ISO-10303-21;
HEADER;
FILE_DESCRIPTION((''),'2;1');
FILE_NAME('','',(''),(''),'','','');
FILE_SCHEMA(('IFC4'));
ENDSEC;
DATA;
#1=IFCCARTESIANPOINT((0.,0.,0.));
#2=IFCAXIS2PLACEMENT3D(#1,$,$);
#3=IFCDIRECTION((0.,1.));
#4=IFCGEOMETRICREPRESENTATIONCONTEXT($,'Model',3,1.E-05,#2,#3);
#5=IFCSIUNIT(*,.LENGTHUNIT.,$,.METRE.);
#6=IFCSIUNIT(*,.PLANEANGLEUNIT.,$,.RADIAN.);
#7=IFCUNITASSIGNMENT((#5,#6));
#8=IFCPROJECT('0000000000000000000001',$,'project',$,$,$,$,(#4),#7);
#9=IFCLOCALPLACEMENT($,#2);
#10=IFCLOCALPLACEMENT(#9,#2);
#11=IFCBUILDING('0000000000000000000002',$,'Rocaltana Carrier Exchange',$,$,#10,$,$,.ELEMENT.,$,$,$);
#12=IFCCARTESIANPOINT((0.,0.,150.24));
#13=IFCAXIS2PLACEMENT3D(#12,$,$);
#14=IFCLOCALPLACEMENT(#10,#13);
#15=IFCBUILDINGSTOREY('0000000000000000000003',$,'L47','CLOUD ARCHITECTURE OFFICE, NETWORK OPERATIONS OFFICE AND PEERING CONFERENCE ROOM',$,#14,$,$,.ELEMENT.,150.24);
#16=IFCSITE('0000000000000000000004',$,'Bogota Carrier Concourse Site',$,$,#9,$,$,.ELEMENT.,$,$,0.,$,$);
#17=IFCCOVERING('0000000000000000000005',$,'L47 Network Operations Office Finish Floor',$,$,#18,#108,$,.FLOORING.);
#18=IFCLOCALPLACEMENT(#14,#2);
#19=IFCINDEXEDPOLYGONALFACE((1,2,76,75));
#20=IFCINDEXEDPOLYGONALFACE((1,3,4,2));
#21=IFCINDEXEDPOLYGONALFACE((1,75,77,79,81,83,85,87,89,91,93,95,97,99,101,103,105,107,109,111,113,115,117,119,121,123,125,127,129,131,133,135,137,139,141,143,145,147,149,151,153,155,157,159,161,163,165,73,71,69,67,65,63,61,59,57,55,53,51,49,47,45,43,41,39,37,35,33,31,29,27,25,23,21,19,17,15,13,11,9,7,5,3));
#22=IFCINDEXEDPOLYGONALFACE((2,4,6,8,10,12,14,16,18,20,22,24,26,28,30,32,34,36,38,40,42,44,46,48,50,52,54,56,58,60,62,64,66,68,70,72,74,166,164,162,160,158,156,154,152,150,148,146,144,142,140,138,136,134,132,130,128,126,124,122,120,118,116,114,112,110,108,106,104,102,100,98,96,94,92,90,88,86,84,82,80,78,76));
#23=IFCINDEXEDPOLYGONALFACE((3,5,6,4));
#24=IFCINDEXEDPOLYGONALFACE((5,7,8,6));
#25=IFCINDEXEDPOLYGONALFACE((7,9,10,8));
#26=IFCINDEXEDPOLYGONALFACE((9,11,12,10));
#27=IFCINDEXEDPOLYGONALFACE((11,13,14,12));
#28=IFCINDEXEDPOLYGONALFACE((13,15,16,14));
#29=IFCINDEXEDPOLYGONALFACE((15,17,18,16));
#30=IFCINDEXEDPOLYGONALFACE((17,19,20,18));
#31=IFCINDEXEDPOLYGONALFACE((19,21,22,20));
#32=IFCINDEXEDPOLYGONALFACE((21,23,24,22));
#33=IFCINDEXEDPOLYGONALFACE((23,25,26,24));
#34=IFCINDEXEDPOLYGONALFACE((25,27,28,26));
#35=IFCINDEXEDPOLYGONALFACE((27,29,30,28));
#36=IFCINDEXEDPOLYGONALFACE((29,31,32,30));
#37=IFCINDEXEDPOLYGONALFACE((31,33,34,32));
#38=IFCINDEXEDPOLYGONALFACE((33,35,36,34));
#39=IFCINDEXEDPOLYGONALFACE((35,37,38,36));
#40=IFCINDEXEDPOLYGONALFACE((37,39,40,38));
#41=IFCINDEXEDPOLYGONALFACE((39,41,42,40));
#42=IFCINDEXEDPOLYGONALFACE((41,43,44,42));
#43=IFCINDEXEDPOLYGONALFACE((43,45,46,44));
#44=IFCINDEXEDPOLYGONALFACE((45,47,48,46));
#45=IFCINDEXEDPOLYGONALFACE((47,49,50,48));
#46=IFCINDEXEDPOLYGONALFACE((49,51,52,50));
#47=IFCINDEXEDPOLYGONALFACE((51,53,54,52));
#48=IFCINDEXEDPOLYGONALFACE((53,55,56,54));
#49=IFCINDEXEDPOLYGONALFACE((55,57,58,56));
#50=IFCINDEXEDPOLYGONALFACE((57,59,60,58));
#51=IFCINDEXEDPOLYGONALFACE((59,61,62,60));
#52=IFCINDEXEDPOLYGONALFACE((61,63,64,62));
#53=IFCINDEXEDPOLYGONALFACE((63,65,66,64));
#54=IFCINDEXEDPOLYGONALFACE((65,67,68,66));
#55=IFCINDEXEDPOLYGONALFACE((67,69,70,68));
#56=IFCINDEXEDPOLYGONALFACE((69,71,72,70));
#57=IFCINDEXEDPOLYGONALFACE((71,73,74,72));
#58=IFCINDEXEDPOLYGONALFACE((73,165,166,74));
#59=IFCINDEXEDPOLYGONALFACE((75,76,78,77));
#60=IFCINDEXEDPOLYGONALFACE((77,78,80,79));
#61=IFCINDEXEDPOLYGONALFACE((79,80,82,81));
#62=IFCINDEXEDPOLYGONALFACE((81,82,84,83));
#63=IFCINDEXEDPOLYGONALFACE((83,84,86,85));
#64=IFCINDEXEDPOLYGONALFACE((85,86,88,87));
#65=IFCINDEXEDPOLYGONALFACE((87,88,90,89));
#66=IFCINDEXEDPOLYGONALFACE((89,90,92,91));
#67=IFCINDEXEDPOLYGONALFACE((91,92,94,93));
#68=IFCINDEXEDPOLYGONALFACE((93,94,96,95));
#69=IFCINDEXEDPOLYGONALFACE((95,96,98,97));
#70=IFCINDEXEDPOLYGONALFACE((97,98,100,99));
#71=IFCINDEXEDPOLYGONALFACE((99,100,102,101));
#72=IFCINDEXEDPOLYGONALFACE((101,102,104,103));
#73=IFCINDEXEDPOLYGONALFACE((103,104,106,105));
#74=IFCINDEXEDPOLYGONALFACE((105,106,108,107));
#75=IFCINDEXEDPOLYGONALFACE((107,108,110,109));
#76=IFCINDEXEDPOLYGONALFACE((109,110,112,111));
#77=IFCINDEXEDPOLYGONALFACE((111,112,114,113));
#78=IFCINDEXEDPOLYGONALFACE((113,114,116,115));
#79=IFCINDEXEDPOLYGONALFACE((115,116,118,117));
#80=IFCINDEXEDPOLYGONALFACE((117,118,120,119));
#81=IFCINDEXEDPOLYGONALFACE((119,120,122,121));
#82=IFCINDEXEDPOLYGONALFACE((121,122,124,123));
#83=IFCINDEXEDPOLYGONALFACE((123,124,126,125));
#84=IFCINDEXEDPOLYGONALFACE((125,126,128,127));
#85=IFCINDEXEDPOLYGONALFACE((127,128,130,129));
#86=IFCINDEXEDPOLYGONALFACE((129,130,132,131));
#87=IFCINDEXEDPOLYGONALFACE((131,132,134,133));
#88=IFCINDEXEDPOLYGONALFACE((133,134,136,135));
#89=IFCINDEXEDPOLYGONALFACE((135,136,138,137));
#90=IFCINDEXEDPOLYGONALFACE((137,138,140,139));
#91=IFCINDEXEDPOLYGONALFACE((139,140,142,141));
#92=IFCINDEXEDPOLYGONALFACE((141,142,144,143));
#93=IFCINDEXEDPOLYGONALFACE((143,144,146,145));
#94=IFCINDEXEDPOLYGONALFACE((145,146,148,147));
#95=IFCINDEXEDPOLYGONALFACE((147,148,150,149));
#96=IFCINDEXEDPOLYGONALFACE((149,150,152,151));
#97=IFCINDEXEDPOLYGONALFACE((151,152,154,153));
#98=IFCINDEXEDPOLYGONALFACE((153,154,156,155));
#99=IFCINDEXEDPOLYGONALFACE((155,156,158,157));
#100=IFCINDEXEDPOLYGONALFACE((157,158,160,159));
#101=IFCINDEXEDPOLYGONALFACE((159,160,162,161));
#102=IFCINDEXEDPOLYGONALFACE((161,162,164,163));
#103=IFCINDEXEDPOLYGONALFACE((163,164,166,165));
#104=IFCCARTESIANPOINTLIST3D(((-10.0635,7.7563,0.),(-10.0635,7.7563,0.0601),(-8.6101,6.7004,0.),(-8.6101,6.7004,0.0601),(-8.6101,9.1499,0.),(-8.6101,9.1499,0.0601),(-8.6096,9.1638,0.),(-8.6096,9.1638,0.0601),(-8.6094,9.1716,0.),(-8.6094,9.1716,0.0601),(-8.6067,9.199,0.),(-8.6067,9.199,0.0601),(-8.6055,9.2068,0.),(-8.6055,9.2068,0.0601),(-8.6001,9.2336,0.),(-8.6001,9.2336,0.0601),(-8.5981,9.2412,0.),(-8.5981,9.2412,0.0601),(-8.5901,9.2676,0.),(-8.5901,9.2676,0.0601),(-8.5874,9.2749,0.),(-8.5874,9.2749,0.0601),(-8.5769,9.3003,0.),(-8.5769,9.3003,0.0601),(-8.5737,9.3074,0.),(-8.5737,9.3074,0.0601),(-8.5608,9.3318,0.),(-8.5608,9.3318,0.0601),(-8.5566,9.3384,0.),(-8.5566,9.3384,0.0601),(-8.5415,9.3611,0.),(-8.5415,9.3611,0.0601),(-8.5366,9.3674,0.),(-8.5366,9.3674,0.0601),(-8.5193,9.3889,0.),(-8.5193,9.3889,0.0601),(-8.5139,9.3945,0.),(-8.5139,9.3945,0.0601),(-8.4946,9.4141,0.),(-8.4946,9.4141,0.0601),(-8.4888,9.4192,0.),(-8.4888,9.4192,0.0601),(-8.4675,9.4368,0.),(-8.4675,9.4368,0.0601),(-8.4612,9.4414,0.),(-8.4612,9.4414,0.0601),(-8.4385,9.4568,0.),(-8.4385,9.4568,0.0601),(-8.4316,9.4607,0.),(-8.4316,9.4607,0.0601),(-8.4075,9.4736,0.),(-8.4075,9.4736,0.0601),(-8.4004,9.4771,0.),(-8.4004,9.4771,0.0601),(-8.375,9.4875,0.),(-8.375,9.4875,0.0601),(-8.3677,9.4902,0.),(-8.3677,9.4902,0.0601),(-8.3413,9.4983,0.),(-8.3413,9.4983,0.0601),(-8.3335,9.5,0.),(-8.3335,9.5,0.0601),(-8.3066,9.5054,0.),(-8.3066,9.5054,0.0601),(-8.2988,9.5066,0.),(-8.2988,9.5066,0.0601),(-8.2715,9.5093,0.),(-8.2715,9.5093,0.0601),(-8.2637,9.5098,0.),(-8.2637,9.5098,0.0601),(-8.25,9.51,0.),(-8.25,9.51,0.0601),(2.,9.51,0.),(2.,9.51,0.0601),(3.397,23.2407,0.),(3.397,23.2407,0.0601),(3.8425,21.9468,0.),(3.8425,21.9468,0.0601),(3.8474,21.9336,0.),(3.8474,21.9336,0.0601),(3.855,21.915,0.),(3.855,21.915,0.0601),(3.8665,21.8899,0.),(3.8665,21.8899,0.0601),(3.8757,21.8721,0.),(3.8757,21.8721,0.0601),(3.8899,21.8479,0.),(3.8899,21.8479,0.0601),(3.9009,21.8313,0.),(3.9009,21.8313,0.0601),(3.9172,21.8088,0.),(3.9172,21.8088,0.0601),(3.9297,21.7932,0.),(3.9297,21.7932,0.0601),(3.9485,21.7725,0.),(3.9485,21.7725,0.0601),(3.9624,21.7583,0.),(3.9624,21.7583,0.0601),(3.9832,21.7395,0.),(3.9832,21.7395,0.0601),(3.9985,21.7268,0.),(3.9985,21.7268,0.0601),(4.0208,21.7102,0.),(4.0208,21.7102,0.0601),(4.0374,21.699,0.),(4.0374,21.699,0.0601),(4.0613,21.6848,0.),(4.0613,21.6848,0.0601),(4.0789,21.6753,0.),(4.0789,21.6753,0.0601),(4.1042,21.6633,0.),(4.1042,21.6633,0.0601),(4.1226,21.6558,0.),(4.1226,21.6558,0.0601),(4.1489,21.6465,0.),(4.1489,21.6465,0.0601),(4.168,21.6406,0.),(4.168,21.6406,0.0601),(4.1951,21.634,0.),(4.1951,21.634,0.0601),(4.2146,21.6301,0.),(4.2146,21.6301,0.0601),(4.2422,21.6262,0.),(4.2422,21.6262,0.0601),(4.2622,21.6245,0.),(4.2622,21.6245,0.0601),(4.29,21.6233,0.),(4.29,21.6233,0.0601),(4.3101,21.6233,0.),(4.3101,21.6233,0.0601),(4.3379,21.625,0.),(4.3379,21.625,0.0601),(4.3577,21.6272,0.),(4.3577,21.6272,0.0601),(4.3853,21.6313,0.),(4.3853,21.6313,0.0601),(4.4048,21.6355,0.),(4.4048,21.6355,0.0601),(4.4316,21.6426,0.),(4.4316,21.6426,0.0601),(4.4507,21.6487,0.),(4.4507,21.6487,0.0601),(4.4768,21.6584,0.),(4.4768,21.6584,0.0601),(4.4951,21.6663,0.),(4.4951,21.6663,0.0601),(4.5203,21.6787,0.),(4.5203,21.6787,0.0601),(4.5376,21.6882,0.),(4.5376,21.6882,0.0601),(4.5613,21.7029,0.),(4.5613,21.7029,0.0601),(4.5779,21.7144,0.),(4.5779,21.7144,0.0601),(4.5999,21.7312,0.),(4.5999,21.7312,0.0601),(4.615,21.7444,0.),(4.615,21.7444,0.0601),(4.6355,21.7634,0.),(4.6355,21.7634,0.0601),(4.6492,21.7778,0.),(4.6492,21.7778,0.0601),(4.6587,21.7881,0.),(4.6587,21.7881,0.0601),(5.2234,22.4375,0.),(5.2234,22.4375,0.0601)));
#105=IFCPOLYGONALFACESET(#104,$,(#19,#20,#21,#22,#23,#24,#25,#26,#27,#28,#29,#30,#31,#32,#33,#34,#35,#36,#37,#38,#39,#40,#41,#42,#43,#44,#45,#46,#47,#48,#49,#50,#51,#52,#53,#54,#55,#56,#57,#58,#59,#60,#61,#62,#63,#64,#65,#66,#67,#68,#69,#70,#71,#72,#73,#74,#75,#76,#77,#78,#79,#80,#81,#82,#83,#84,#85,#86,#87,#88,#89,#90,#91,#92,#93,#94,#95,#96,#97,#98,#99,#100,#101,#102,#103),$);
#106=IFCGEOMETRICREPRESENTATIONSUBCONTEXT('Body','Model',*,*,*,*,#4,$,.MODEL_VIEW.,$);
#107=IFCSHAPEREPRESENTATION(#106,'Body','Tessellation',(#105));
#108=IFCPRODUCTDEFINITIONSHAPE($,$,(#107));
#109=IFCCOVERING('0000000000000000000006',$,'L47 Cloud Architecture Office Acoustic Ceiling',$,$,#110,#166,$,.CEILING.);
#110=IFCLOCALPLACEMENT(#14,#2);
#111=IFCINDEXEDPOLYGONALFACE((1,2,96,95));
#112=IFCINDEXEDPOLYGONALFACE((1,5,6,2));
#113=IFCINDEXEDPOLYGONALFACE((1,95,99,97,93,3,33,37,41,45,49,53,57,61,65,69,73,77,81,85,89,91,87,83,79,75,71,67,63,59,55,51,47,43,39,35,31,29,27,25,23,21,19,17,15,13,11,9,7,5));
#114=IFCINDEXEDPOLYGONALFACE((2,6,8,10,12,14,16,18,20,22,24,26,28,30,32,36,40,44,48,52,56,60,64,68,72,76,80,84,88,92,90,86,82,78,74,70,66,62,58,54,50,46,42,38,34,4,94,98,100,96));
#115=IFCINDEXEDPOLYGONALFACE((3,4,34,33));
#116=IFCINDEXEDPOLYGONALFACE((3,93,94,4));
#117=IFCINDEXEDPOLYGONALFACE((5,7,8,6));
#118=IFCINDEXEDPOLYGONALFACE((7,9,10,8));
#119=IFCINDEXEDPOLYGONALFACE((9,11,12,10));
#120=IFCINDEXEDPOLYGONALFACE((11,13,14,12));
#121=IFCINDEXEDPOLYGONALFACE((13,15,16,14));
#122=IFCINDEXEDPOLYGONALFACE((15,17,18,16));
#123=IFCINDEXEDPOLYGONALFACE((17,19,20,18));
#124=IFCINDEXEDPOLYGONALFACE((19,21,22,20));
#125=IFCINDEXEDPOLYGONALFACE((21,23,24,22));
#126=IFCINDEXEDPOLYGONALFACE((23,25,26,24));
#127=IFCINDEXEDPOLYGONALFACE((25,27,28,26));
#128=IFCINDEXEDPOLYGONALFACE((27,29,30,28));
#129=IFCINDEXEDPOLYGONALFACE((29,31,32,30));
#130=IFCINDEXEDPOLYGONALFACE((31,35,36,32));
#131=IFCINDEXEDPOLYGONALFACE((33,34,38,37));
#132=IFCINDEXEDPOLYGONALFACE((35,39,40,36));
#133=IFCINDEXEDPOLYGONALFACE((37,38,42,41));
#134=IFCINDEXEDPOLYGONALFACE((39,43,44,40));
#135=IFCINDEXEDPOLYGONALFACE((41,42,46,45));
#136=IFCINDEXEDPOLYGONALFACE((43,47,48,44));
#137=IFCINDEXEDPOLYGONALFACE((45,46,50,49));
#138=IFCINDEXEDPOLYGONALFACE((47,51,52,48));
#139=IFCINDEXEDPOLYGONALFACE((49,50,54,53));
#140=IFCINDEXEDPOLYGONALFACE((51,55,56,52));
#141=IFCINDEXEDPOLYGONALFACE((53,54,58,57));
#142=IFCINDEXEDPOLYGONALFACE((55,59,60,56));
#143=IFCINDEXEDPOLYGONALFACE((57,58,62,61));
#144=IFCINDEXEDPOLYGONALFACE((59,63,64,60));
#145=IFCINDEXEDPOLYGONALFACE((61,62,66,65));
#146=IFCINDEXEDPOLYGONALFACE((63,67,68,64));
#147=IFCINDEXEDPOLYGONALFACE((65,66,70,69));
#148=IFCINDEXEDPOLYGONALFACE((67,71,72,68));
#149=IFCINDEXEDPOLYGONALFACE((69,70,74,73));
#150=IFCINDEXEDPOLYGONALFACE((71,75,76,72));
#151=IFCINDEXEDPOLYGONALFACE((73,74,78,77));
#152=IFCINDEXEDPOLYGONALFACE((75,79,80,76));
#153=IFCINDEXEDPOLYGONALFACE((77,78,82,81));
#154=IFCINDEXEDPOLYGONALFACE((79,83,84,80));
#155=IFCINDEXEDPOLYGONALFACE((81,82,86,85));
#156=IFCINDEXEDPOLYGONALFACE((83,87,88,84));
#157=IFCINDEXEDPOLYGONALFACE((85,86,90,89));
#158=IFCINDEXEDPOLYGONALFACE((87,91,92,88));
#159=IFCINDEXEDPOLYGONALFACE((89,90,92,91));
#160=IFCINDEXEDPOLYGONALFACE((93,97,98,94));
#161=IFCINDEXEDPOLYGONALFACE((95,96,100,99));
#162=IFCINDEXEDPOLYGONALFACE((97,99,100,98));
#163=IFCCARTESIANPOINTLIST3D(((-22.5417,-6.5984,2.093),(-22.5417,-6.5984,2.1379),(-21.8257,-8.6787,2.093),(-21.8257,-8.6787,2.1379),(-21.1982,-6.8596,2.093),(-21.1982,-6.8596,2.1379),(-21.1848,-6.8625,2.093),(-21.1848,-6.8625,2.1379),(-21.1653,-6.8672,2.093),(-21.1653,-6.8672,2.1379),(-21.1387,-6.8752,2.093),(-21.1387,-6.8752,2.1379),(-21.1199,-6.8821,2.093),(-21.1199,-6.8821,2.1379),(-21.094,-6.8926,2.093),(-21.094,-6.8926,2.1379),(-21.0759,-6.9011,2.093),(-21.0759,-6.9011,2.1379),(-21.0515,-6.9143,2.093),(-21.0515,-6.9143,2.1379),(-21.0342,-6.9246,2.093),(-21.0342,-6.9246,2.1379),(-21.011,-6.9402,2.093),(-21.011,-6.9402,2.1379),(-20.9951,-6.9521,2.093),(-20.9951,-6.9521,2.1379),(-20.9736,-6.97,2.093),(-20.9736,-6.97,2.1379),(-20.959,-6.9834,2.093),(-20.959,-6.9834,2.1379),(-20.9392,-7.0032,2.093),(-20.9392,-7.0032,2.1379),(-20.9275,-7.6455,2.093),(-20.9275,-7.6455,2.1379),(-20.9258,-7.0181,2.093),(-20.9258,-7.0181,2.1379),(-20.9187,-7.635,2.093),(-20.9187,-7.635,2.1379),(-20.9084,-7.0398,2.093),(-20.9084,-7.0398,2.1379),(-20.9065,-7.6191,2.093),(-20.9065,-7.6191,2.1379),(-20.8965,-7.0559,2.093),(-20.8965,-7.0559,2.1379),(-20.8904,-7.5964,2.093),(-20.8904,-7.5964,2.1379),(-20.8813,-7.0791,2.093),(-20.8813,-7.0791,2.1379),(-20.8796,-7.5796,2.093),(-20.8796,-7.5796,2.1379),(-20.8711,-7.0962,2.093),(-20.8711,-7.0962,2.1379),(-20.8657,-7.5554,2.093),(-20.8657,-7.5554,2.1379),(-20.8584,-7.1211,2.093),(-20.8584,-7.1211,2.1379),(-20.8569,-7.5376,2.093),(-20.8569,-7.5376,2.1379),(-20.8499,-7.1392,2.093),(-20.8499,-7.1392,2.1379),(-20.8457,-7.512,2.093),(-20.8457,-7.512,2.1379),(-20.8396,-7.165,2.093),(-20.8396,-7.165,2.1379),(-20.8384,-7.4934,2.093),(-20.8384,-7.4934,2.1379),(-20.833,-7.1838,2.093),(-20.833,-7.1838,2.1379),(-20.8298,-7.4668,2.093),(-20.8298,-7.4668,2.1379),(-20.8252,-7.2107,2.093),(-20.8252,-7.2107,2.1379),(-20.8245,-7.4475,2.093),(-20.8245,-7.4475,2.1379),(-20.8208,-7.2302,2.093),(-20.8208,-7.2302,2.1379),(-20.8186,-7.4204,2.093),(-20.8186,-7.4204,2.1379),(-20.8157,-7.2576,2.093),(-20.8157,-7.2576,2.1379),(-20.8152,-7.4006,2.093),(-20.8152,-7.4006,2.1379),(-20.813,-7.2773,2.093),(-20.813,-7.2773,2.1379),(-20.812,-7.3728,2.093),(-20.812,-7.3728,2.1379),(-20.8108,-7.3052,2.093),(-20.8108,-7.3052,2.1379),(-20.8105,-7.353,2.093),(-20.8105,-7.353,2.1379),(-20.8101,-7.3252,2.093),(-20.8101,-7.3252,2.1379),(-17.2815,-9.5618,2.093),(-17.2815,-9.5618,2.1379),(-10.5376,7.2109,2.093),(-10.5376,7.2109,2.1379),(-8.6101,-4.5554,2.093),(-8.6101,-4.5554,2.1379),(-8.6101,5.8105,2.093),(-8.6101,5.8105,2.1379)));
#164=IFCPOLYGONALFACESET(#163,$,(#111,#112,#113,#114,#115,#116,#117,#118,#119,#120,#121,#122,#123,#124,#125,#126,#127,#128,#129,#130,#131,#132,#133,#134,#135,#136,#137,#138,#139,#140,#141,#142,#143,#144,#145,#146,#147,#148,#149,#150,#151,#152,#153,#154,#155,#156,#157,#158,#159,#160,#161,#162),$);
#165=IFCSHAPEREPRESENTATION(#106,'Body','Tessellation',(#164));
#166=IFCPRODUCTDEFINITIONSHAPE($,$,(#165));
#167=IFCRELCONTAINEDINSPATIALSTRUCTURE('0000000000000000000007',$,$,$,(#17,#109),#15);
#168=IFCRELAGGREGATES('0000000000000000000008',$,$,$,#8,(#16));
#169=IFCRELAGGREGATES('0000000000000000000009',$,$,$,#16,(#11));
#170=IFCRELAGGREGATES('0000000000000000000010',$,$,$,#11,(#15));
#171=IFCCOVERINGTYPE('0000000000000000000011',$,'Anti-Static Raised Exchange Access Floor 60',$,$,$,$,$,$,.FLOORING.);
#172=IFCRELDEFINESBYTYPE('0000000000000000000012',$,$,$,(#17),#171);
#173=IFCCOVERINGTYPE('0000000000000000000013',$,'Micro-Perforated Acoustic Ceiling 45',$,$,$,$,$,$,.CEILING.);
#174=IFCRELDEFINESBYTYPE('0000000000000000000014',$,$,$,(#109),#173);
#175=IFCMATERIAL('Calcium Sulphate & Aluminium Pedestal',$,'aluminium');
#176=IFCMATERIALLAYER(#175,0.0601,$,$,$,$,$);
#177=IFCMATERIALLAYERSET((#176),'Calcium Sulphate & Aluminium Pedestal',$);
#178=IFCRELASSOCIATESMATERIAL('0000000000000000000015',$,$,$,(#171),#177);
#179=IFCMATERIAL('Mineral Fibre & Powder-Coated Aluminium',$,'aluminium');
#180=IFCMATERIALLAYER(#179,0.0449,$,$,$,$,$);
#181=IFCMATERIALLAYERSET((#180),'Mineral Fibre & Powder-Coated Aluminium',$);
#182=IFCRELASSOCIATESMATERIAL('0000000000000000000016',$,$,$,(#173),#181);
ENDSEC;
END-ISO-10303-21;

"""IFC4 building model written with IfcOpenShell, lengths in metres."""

from ifc_helpers import new_model, si_unit, direction, frame, origin, place, context, subcontext, project, spatial, polyline, outline, extrude, material, layer, layer_set, type_object, element, save


model = new_model("IFC4")

# Units and contexts
model_context = context("Model", 3, precision=1e-05, world=origin(), true_north=direction((0.0, 1.0)))
body_context = subcontext(model_context, "Body", "Model", "MODEL_VIEW")
ifc_project = project(units=[si_unit("LENGTHUNIT", "METRE"), si_unit("PLANEANGLEUNIT", "RADIAN")], contexts=[model_context])

# Site, building, storey
site_placement = place(None, origin())
site = spatial("IfcSite", under=ifc_project, at=site_placement, Name="Bogota Carrier Concourse Site", CompositionType="ELEMENT", RefElevation=0.0)
building_placement = place(site_placement, origin())
building = spatial("IfcBuilding", under=site, at=building_placement, Name="Rocaltana Carrier Exchange", CompositionType="ELEMENT")
storey_placement = place(building_placement, frame((0.0, 0.0, 150.24)))
storey = spatial("IfcBuildingStorey", under=building, at=storey_placement, Name="L47", Description="CLOUD ARCHITECTURE OFFICE, NETWORK OPERATIONS OFFICE AND PEERING CONFERENCE ROOM", CompositionType="ELEMENT", Elevation=150.24)

# Coverings
ifc_material_1 = material(Name="Calcium Sulphate & Aluminium Pedestal", Category="aluminium")
ifc_layer_1 = layer(ifc_material_1, 0.0601)
ifc_layer_set_1 = layer_set([ifc_layer_1], Name="Calcium Sulphate & Aluminium Pedestal")
covering_type_1 = type_object("IfcCoveringType", Name="Anti-Static Raised Exchange Access Floor 60", PredefinedType="FLOORING", material=ifc_layer_set_1)
covering_1_placement = place(storey_placement, origin())
element("IfcCovering", 1, at=covering_1_placement, inside=storey, type_object=covering_type_1, Name="L47 Network Operations Office Finish Floor", PredefinedType="FLOORING", context=body_context, shape_type="SweptSolid", body=[
    extrude(outline(polyline([(3.397, 23.2407), (3.8425, 21.9468), (3.8474, 21.9336), (3.855, 21.915), (3.8665, 21.8899), (3.8757, 21.8721), (3.8899, 21.8479), (3.9009, 21.8313), (3.9172, 21.8088), (3.9297, 21.7932), (3.9485, 21.7725), (3.9624, 21.7583), (3.9832, 21.7395), (3.9985, 21.7268), (4.0208, 21.7102), (4.0374, 21.699), (4.0613, 21.6848), (4.0789, 21.6753), (4.1042, 21.6633), (4.1226, 21.6558), (4.1489, 21.6465), (4.168, 21.6406), (4.1951, 21.634), (4.2146, 21.6301), (4.2422, 21.6262), (4.2622, 21.6245), (4.29, 21.6233), (4.3101, 21.6233), (4.3379, 21.625), (4.3577, 21.6272), (4.3853, 21.6313), (4.4048, 21.6355), (4.4316, 21.6426), (4.4507, 21.6487), (4.4768, 21.6584), (4.4951, 21.6663), (4.5203, 21.6787), (4.5376, 21.6882), (4.5613, 21.7029), (4.5779, 21.7144), (4.5999, 21.7312), (4.615, 21.7444), (4.6355, 21.7634), (4.6492, 21.7778), (4.6587, 21.7881), (5.2234, 22.4375), (2.0, 9.51), (-8.25, 9.51), (-8.2637, 9.5098), (-8.2715, 9.5093), (-8.2988, 9.5066), (-8.3066, 9.5054), (-8.3335, 9.5), (-8.3413, 9.4983), (-8.3677, 9.4902), (-8.375, 9.4875), (-8.4004, 9.4771), (-8.4075, 9.4736), (-8.4316, 9.4607), (-8.4385, 9.4568), (-8.4612, 9.4414), (-8.4675, 9.4368), (-8.4888, 9.4192), (-8.4946, 9.4141), (-8.5139, 9.3945), (-8.5193, 9.3889), (-8.5366, 9.3674), (-8.5415, 9.3611), (-8.5566, 9.3384), (-8.5608, 9.3318), (-8.5737, 9.3074), (-8.5769, 9.3003), (-8.5874, 9.2749), (-8.5901, 9.2676), (-8.5981, 9.2412), (-8.6001, 9.2336), (-8.6055, 9.2068), (-8.6067, 9.199), (-8.6094, 9.1716), (-8.6096, 9.1638), (-8.6101, 9.1499), (-8.6101, 6.7004), (-10.0635, 7.7563), (3.397, 23.2407)])), origin(), (0.0, 0.0, 1.0), 0.0601),
])
ifc_material_2 = material(Name="Mineral Fibre & Powder-Coated Aluminium", Category="aluminium")
ifc_layer_2 = layer(ifc_material_2, 0.0449)
ifc_layer_set_2 = layer_set([ifc_layer_2], Name="Mineral Fibre & Powder-Coated Aluminium")
covering_type_2 = type_object("IfcCoveringType", Name="Micro-Perforated Acoustic Ceiling 45", PredefinedType="CEILING", material=ifc_layer_set_2)
covering_2_placement = place(storey_placement, frame((0.0, 0.0, 2.093)))
element("IfcCovering", 2, at=covering_2_placement, inside=storey, type_object=covering_type_2, Name="L47 Cloud Architecture Office Acoustic Ceiling", PredefinedType="CEILING", context=body_context, shape_type="SweptSolid", body=[
    extrude(outline(polyline([(-20.9275, -7.6455), (-20.9187, -7.635), (-20.9065, -7.6191), (-20.8904, -7.5964), (-20.8796, -7.5796), (-20.8657, -7.5554), (-20.8569, -7.5376), (-20.8457, -7.512), (-20.8384, -7.4934), (-20.8298, -7.4668), (-20.8245, -7.4475), (-20.8186, -7.4204), (-20.8152, -7.4006), (-20.812, -7.3728), (-20.8105, -7.353), (-20.8101, -7.3252), (-20.8108, -7.3052), (-20.813, -7.2773), (-20.8157, -7.2576), (-20.8208, -7.2302), (-20.8252, -7.2107), (-20.833, -7.1838), (-20.8396, -7.165), (-20.8499, -7.1392), (-20.8584, -7.1211), (-20.8711, -7.0962), (-20.8813, -7.0791), (-20.8965, -7.0559), (-20.9084, -7.0398), (-20.9258, -7.0181), (-20.9392, -7.0032), (-20.959, -6.9834), (-20.9736, -6.97), (-20.9951, -6.9521), (-21.011, -6.9402), (-21.0342, -6.9246), (-21.0515, -6.9143), (-21.0759, -6.9011), (-21.094, -6.8926), (-21.1199, -6.8821), (-21.1387, -6.8752), (-21.1653, -6.8672), (-21.1848, -6.8625), (-21.1982, -6.8596), (-22.5417, -6.5984), (-10.5376, 7.2109), (-8.6101, 5.8105), (-8.6101, -4.5554), (-17.2815, -9.5618), (-21.8257, -8.6787), (-20.9275, -7.6455)])), origin(), (0.0, 0.0, 1.0), 0.0449),
])

save(model, "model.ifc")
